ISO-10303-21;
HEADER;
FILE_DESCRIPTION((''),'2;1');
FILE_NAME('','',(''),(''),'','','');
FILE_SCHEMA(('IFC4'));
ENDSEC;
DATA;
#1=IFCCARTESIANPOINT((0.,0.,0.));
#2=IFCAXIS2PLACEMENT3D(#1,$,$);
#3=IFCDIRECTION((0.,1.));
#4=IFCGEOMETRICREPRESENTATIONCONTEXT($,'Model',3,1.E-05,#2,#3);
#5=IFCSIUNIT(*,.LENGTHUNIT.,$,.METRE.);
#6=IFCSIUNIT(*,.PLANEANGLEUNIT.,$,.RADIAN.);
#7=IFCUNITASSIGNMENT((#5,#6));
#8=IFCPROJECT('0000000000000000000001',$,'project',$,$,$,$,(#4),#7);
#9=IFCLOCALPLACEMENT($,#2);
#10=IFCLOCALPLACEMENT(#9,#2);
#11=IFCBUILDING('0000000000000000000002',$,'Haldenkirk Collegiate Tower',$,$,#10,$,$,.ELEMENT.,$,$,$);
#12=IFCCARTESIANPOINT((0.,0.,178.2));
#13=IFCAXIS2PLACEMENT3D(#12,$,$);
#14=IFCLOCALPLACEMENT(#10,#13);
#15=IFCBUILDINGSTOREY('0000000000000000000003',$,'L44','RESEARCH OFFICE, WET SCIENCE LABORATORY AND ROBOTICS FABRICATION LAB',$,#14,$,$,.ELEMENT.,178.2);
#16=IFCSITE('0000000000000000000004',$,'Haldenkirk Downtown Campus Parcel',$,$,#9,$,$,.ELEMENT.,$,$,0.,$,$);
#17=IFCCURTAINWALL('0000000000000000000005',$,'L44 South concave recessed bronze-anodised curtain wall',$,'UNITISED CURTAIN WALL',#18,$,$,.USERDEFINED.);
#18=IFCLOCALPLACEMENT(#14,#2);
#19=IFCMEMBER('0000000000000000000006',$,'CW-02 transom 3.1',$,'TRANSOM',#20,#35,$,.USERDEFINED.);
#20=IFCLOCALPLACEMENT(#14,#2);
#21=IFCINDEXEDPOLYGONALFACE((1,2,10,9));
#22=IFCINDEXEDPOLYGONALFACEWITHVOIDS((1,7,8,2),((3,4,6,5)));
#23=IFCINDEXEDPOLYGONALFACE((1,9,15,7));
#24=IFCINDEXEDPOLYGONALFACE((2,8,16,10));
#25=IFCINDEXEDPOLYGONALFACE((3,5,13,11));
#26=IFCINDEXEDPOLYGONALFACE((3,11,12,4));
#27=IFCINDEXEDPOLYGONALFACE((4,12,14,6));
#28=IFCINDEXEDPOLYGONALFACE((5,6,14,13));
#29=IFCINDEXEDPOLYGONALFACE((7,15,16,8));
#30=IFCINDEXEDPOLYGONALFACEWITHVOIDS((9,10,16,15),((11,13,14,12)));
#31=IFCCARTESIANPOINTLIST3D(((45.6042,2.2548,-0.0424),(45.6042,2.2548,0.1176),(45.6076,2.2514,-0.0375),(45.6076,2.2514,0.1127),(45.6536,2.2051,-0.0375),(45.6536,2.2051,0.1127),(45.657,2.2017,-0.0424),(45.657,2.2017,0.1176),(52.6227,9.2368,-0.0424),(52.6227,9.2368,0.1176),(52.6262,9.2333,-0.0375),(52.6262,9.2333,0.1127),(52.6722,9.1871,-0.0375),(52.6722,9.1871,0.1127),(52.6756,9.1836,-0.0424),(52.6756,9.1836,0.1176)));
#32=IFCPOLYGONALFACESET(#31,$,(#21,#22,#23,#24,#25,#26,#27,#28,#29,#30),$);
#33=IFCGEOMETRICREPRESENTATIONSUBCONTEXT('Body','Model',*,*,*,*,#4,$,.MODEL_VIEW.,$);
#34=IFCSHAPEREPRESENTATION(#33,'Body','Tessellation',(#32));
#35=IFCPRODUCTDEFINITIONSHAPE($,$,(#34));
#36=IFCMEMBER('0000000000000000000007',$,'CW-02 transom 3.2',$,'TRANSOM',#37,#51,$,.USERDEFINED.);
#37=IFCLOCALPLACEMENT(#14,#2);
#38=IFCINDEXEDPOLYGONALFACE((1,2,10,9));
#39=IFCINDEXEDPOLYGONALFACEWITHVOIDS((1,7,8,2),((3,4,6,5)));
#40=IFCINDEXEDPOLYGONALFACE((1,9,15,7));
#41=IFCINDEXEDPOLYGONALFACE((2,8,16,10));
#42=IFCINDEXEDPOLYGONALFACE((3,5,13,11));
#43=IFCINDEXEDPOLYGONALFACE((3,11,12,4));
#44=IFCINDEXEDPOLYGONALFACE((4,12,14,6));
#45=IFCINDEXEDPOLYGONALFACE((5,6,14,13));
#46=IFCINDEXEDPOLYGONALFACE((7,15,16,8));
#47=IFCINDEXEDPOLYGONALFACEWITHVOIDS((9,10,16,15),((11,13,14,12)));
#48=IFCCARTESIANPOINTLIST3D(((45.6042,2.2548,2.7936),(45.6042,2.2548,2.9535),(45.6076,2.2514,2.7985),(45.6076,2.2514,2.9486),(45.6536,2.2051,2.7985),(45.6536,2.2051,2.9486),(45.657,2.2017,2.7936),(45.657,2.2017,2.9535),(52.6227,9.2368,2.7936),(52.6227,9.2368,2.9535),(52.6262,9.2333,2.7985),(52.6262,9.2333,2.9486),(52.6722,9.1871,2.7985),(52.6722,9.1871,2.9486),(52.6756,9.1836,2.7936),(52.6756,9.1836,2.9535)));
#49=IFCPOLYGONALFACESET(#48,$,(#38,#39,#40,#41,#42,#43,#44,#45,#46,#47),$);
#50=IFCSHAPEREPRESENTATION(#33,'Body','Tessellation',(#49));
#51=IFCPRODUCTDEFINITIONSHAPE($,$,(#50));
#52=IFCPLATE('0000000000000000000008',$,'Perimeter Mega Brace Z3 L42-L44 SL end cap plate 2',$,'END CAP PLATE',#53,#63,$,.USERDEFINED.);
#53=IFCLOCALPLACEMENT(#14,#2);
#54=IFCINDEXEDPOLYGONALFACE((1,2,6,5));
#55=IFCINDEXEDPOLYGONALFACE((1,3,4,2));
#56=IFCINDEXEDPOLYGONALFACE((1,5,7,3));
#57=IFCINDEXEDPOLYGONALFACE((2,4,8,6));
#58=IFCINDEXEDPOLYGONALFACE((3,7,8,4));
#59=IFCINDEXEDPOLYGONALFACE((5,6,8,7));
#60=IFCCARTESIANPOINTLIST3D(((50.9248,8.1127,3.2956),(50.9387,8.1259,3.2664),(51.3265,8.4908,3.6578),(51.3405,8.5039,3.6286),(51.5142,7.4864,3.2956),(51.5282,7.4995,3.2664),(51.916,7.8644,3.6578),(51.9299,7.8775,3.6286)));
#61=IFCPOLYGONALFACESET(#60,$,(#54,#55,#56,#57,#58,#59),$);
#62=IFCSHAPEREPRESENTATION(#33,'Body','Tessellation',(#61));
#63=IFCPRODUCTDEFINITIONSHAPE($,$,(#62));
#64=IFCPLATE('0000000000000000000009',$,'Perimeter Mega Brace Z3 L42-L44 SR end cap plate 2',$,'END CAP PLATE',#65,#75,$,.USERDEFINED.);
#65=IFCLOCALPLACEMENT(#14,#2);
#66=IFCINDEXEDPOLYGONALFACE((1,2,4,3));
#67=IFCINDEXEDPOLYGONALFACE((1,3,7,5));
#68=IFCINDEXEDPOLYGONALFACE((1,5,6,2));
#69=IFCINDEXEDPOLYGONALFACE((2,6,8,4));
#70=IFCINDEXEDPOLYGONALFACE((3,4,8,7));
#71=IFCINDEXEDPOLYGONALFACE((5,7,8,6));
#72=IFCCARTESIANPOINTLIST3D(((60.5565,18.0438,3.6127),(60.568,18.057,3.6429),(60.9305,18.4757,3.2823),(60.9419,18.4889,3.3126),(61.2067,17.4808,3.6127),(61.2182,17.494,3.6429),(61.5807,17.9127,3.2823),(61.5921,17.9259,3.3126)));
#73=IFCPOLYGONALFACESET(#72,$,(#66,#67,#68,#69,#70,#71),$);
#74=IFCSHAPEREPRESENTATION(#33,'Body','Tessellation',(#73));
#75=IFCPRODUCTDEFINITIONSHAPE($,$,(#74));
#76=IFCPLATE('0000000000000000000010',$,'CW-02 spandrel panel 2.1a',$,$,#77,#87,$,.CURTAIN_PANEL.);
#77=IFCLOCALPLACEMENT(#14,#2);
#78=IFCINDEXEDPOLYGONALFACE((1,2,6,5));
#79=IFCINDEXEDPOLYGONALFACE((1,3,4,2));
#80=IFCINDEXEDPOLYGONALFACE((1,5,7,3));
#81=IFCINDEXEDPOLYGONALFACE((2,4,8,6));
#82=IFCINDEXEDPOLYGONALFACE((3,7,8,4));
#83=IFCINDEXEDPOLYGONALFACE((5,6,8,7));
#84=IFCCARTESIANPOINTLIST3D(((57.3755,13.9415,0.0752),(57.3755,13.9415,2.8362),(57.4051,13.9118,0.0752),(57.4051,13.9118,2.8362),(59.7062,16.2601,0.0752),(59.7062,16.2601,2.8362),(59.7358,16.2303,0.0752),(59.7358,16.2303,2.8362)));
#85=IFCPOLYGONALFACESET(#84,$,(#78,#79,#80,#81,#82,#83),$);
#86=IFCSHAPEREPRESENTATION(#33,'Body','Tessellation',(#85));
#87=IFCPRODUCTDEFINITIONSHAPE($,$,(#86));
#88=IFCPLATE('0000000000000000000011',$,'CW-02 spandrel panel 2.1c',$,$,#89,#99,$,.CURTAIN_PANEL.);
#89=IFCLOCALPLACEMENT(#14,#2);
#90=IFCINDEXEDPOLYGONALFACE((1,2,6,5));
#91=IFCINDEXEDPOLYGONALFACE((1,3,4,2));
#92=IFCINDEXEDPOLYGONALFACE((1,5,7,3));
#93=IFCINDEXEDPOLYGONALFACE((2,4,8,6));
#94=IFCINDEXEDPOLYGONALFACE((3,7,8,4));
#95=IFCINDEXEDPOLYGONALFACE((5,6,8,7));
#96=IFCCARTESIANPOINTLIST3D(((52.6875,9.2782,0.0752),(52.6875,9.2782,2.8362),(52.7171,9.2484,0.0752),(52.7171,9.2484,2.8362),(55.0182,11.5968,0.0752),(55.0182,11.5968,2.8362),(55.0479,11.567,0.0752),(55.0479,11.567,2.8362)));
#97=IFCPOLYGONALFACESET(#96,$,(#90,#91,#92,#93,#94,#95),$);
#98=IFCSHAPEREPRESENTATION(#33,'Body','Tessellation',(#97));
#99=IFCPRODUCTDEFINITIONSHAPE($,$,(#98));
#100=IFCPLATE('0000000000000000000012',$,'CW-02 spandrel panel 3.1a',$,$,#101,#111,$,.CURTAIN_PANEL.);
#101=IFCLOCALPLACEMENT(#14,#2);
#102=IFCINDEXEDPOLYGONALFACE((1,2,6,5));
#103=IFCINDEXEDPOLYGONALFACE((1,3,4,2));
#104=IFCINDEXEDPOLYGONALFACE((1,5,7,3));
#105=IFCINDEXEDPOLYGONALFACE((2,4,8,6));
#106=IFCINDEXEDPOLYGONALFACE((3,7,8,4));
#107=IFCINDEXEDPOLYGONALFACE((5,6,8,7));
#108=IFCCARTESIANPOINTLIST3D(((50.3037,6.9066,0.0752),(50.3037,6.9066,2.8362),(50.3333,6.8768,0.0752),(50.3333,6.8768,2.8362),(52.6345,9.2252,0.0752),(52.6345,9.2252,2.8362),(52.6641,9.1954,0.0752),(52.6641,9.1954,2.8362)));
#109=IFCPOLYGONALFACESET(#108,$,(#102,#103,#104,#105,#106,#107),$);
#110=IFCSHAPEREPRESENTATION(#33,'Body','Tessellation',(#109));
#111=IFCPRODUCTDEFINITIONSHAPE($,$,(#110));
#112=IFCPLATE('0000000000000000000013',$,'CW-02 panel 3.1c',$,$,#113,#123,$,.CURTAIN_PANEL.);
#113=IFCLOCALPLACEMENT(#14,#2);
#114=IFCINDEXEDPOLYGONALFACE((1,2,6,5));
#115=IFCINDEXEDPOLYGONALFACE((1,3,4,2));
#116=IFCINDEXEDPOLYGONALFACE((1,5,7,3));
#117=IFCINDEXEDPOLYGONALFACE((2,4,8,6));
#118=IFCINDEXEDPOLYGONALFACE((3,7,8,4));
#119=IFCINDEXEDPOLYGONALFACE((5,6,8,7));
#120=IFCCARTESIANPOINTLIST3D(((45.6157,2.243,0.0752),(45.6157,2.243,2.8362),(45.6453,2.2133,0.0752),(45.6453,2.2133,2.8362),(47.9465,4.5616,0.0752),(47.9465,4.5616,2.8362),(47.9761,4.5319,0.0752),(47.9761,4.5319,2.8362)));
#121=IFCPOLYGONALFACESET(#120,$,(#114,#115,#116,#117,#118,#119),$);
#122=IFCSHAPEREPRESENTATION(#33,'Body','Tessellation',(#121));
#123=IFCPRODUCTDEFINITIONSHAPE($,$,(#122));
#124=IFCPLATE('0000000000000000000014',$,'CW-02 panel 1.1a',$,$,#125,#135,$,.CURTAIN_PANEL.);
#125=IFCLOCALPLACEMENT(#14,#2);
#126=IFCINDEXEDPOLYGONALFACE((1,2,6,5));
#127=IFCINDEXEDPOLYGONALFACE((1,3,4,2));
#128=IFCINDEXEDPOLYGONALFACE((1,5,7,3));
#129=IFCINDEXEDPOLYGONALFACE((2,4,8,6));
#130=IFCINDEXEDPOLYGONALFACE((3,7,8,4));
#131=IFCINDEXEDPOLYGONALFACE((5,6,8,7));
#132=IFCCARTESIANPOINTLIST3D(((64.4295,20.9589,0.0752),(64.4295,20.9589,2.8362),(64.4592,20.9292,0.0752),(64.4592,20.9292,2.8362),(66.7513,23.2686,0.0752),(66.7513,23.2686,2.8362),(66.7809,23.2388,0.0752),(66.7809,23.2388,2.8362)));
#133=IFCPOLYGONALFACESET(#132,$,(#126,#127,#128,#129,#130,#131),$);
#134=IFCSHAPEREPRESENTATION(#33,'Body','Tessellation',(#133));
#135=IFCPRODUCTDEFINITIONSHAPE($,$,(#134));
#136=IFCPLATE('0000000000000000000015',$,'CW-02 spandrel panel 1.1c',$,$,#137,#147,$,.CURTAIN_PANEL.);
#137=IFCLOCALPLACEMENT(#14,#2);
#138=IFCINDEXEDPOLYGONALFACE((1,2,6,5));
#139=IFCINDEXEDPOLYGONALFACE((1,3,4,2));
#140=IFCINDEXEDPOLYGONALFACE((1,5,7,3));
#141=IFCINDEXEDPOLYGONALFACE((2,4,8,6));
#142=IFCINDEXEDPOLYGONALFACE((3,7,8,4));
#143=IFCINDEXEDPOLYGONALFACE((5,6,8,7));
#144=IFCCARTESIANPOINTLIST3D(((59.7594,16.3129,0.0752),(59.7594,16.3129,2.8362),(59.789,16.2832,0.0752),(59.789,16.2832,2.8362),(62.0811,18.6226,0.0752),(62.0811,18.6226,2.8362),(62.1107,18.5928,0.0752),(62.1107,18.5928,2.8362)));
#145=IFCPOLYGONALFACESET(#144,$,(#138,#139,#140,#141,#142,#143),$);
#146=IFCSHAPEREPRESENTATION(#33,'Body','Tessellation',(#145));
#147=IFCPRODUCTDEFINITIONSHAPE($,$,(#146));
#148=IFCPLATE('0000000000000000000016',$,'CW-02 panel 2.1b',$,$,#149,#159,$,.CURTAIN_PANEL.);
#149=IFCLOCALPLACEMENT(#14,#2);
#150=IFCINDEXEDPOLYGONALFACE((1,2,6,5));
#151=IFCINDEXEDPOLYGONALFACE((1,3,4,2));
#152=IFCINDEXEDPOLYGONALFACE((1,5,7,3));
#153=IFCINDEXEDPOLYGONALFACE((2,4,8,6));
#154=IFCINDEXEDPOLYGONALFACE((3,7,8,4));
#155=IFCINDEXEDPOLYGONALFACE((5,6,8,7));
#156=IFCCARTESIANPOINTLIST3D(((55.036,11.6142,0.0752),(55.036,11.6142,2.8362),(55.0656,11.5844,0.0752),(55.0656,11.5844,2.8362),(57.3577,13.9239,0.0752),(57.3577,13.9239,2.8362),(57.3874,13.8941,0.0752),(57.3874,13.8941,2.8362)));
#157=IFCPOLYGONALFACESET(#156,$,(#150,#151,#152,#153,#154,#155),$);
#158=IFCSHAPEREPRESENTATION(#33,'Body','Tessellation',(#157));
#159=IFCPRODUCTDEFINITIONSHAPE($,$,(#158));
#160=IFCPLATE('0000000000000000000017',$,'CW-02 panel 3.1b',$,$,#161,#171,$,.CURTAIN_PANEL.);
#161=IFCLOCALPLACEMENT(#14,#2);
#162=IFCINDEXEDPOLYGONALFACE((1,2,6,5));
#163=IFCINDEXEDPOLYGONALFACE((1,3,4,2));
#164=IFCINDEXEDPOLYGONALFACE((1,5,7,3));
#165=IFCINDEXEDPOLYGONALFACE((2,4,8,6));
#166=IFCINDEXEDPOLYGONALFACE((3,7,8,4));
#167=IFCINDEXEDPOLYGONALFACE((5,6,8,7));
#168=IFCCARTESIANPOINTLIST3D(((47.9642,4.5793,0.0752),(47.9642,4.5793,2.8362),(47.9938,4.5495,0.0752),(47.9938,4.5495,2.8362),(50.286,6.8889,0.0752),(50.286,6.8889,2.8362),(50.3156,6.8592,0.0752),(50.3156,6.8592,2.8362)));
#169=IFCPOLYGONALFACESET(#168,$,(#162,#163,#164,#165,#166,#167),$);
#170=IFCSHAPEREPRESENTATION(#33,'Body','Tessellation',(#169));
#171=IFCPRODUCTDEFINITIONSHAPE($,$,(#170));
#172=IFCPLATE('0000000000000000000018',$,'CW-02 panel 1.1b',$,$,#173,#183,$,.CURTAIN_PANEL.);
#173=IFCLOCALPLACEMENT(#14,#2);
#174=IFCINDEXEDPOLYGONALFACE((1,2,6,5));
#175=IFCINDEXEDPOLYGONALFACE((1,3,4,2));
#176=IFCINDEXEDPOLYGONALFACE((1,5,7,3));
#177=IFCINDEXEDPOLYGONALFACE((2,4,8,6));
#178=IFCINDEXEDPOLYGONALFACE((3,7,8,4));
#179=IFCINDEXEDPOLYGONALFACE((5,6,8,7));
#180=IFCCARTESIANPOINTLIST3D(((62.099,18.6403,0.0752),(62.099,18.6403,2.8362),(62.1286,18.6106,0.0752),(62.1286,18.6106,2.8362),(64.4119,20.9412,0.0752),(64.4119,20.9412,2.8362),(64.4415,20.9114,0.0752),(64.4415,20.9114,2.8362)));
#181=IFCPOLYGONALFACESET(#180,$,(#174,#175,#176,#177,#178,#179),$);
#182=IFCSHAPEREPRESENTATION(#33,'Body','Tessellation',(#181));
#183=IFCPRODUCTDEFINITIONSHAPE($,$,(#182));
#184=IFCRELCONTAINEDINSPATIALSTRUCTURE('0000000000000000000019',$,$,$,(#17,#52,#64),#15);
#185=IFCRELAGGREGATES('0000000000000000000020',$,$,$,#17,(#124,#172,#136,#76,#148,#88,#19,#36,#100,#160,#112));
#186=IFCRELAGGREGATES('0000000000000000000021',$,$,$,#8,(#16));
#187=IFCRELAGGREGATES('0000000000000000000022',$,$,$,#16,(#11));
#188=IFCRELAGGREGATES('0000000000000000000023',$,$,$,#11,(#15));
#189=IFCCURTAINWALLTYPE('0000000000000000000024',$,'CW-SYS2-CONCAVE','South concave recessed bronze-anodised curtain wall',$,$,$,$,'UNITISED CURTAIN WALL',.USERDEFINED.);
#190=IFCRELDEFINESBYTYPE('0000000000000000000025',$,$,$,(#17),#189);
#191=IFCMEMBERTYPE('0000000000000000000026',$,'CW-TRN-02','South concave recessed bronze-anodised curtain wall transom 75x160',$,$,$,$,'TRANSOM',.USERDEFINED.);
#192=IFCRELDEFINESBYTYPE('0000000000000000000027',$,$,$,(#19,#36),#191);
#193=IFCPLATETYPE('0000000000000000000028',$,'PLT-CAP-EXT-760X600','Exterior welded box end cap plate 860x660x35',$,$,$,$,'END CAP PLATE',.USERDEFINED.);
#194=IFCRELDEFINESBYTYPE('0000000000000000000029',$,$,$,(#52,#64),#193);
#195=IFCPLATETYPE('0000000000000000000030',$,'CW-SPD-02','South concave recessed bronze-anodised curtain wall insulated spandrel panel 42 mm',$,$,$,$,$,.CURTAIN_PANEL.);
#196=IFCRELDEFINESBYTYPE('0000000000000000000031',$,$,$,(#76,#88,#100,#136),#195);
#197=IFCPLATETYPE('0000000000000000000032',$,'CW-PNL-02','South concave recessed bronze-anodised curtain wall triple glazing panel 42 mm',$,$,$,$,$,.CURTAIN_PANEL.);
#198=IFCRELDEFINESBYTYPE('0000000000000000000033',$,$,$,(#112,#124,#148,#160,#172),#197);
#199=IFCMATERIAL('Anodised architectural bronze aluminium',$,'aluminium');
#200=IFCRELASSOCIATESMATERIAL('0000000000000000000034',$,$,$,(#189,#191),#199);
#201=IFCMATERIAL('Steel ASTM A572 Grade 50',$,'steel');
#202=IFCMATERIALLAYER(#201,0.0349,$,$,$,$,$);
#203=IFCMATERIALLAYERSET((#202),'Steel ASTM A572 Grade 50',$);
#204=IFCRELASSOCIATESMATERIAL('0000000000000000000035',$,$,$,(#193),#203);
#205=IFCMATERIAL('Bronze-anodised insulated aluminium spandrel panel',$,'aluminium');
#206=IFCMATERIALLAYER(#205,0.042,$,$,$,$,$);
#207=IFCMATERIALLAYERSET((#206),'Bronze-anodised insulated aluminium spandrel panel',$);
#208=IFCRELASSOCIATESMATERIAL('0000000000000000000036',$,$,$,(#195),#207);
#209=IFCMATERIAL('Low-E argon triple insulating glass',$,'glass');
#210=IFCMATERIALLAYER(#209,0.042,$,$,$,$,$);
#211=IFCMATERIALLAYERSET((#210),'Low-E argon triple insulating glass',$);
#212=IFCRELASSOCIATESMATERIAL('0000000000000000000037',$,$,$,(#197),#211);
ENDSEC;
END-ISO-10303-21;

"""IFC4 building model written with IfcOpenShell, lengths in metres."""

from ifc_helpers import new_model, si_unit, direction, frame, origin, origin_2d, place, context, subcontext, project, spatial, rectangle, hollow_rectangle, extrude, source, transform, mapped, material, layer, layer_set, material_profile, profile_set, type_object, element, aggregate, save


model = new_model("IFC4")

# Units and contexts
model_context = context("Model", 3, precision=1e-05, world=origin(), true_north=direction((0.0, 1.0)))
body_context = subcontext(model_context, "Body", "Model", "MODEL_VIEW")
ifc_project = project(units=[si_unit("LENGTHUNIT", "METRE"), si_unit("PLANEANGLEUNIT", "RADIAN")], contexts=[model_context])

# Site, building, storey
site_placement = place(None, origin())
site = spatial("IfcSite", under=ifc_project, at=site_placement, Name="Haldenkirk Downtown Campus Parcel", CompositionType="ELEMENT", RefElevation=0.0)
building_placement = place(site_placement, origin())
building = spatial("IfcBuilding", under=site, at=building_placement, Name="Haldenkirk Collegiate Tower", CompositionType="ELEMENT")
storey_placement = place(building_placement, frame((0.0, 0.0, 178.2)))
storey = spatial("IfcBuildingStorey", under=building, at=storey_placement, Name="L44", Description="RESEARCH OFFICE, WET SCIENCE LABORATORY AND ROBOTICS FABRICATION LAB", CompositionType="ELEMENT", Elevation=178.2)

# Shared definitions
ifc_material_1 = material(Name="Steel ASTM A572 Grade 50", Category="steel")

# Curtain wall, members
ifc_material_2 = material(Name="Anodised architectural bronze aluminium", Category="aluminium")
curtain_wall_type = type_object("IfcCurtainWallType", Name="CW-SYS2-CONCAVE", Description="South concave recessed bronze-anodised curtain wall", ElementType="UNITISED CURTAIN WALL", PredefinedType="USERDEFINED", material=ifc_material_2)
curtain_wall_placement = place(storey_placement, origin())
curtain_wall = element("IfcCurtainWall", 1, at=curtain_wall_placement, inside=storey, type_object=curtain_wall_type, Name="L44 South concave recessed bronze-anodised curtain wall", ObjectType="UNITISED CURTAIN WALL", PredefinedType="USERDEFINED")
ifc_material_profile_1 = material_profile(ifc_material_2, hollow_rectangle(XDim=0.075, YDim=0.1599, WallThickness=0.0049, at=origin_2d()), Name="CW-TRN-02")
ifc_profile_set_1 = profile_set([ifc_material_profile_1], Name="Anodised architectural bronze aluminium")
member_type_1 = type_object("IfcMemberType", Name="CW-TRN-02", Description="South concave recessed bronze-anodised curtain wall transom 75x160", ElementType="TRANSOM", PredefinedType="USERDEFINED", material=ifc_profile_set_1)
member_1_placement = place(storey_placement, frame((52.6492, 9.2102, 0.0376), z_axis=(-0.708954, -0.705255, 0.0), x_axis=(0.705255, -0.708954, 0.0)))
member_1 = element("IfcMember", 2, at=member_1_placement, type_object=member_type_1, Name="CW-02 transom 3.1", ObjectType="TRANSOM", PredefinedType="USERDEFINED", context=body_context, shape_type="SweptSolid", body=[
    extrude(hollow_rectangle(XDim=0.075, YDim=0.1599, WallThickness=0.0049, at=origin_2d()), origin(), (0.0, 0.0, 1.0), 9.8999),
])
member_2_placement = place(storey_placement, frame((52.6492, 9.2102, 2.8735), z_axis=(-0.708954, -0.705255, 0.0), x_axis=(0.705255, -0.708954, 0.0)))
member_2 = element("IfcMember", 3, at=member_2_placement, type_object=member_type_1, Name="CW-02 transom 3.2", ObjectType="TRANSOM", PredefinedType="USERDEFINED", context=body_context, shape_type="SweptSolid", body=[
    extrude(hollow_rectangle(XDim=0.075, YDim=0.1599, WallThickness=0.0049, at=origin_2d()), origin(), (0.0, 0.0, 1.0), 9.8999),
])

# Plates
ifc_layer_1 = layer(ifc_material_1, 0.0349)
ifc_layer_set_1 = layer_set([ifc_layer_1], Name="Steel ASTM A572 Grade 50")
plate_type_1 = type_object("IfcPlateType", Name="PLT-CAP-EXT-760X600", Description="Exterior welded box end cap plate 860x660x35", ElementType="END CAP PLATE", PredefinedType="USERDEFINED", material=ifc_layer_set_1)
shared_shape_1 = source(origin(), body_context, "Body", "SweptSolid", [
    extrude(rectangle(XDim=0.8601, YDim=0.6599, at=origin_2d()), origin(), (0.0, 0.0, 1.0), 0.0349),
])
for number, where, z_axis, x_axis, name in (
    (4, (51.4343, 8.0017, 3.4475), (-0.399638, -0.376059, 0.835984), (0.685297, -0.728264, 0.0), "Perimeter Mega Brace Z3 L42-L44 SL end cap plate 2"),
    (5, (61.0686, 17.9783, 3.4475), (0.32767, 0.378434, 0.865691), (-0.755992, 0.654581, 0.0), "Perimeter Mega Brace Z3 L42-L44 SR end cap plate 2"),
):
    element("IfcPlate", number, at=place(storey_placement, frame(where, z_axis=z_axis, x_axis=x_axis)), inside=storey, type_object=plate_type_1, Name=name, ObjectType="END CAP PLATE", PredefinedType="USERDEFINED", context=body_context, shape_type="MappedRepresentation", body=[
        mapped(shared_shape_1, transform((0.0, 0.0, 0.0), x_axis=(1.0, 0.0, 0.0), y_axis=(0.0, 1.0, 0.0), z_axis=(0.0, 0.0, 1.0), scale=1.0)),
    ])

# Plates
ifc_material_3 = material(Name="Bronze-anodised insulated aluminium spandrel panel", Category="aluminium")
ifc_layer_2 = layer(ifc_material_3, 0.042)
ifc_layer_set_2 = layer_set([ifc_layer_2], Name="Bronze-anodised insulated aluminium spandrel panel")
plate_type_2 = type_object("IfcPlateType", Name="CW-SPD-02", Description="South concave recessed bronze-anodised curtain wall insulated spandrel panel 42 mm", PredefinedType="CURTAIN_PANEL", material=ifc_layer_set_2)
shared_shape_2 = source(origin(), body_context, "Body", "SweptSolid", [
    extrude(rectangle(XDim=3.2876, YDim=0.042, at=origin_2d()), origin(), (0.0, 0.0, 1.0), 2.761),
])
plate_1_placement = place(storey_placement, frame((58.5557, 15.0859, 0.0752), z_axis=(0.0, 0.0, 1.0), x_axis=(-0.708954, -0.705255, 0.0)))
plate_1 = element("IfcPlate", 6, at=plate_1_placement, type_object=plate_type_2, Name="CW-02 spandrel panel 2.1a", PredefinedType="CURTAIN_PANEL", context=body_context, shape_type="MappedRepresentation", body=[
    mapped(shared_shape_2, transform((0.0, 0.0, 0.0), x_axis=(1.0, 0.0, 0.0), y_axis=(0.0, 1.0, 0.0), z_axis=(0.0, 0.0, 1.0), scale=1.0)),
])
plate_2_placement = place(storey_placement, frame((53.8677, 10.4226, 0.0752), z_axis=(0.0, 0.0, 1.0), x_axis=(-0.708954, -0.705255, 0.0)))
plate_2 = element("IfcPlate", 7, at=plate_2_placement, type_object=plate_type_2, Name="CW-02 spandrel panel 2.1c", PredefinedType="CURTAIN_PANEL", context=body_context, shape_type="MappedRepresentation", body=[
    mapped(shared_shape_2, transform((0.0, 0.0, 0.0), x_axis=(1.0, 0.0, 0.0), y_axis=(0.0, 1.0, 0.0), z_axis=(0.0, 0.0, 1.0), scale=1.0)),
])
plate_3_placement = place(storey_placement, frame((51.4839, 8.051, 0.0752), z_axis=(0.0, 0.0, 1.0), x_axis=(-0.708954, -0.705255, 0.0)))
plate_3 = element("IfcPlate", 8, at=plate_3_placement, type_object=plate_type_2, Name="CW-02 spandrel panel 3.1a", PredefinedType="CURTAIN_PANEL", context=body_context, shape_type="MappedRepresentation", body=[
    mapped(shared_shape_2, transform((0.0, 0.0, 0.0), x_axis=(1.0, 0.0, 0.0), y_axis=(0.0, 1.0, 0.0), z_axis=(0.0, 0.0, 1.0), scale=1.0)),
])
ifc_material_4 = material(Name="Low-E argon triple insulating glass", Category="glass")
ifc_layer_3 = layer(ifc_material_4, 0.042)
ifc_layer_set_3 = layer_set([ifc_layer_3], Name="Low-E argon triple insulating glass")
plate_type_3 = type_object("IfcPlateType", Name="CW-PNL-02", Description="South concave recessed bronze-anodised curtain wall triple glazing panel 42 mm", PredefinedType="CURTAIN_PANEL", material=ifc_layer_set_3)
plate_4_placement = place(storey_placement, frame((46.7959, 3.3875, 0.0752), z_axis=(0.0, 0.0, 1.0), x_axis=(-0.708954, -0.705255, 0.0)))
plate_4 = element("IfcPlate", 9, at=plate_4_placement, type_object=plate_type_3, Name="CW-02 panel 3.1c", PredefinedType="CURTAIN_PANEL", context=body_context, shape_type="MappedRepresentation", body=[
    mapped(shared_shape_2, transform((0.0, 0.0, 0.0), x_axis=(1.0, 0.0, 0.0), y_axis=(0.0, 1.0, 0.0), z_axis=(0.0, 0.0, 1.0), scale=1.0)),
])
shared_shape_3 = source(origin(), body_context, "Body", "SweptSolid", [
    extrude(rectangle(XDim=3.2749, YDim=0.042, at=origin_2d()), origin(), (0.0, 0.0, 1.0), 2.761),
])
plate_5_placement = place(storey_placement, frame((65.6052, 22.0989, 0.0752), z_axis=(0.0, 0.0, 1.0), x_axis=(-0.708954, -0.705255, 0.0)))
plate_5 = element("IfcPlate", 10, at=plate_5_placement, type_object=plate_type_3, Name="CW-02 panel 1.1a", PredefinedType="CURTAIN_PANEL", context=body_context, shape_type="MappedRepresentation", body=[
    mapped(shared_shape_3, transform((0.0, 0.0, 0.0), x_axis=(1.0, 0.0, 0.0), y_axis=(0.0, 1.0, 0.0), z_axis=(0.0, 0.0, 1.0), scale=1.0)),
])
plate_6_placement = place(storey_placement, frame((60.9351, 17.4529, 0.0752), z_axis=(0.0, 0.0, 1.0), x_axis=(-0.708954, -0.705255, 0.0)))
plate_6 = element("IfcPlate", 11, at=plate_6_placement, type_object=plate_type_2, Name="CW-02 spandrel panel 1.1c", PredefinedType="CURTAIN_PANEL", context=body_context, shape_type="MappedRepresentation", body=[
    mapped(shared_shape_3, transform((0.0, 0.0, 0.0), x_axis=(1.0, 0.0, 0.0), y_axis=(0.0, 1.0, 0.0), z_axis=(0.0, 0.0, 1.0), scale=1.0)),
])
plate_7_placement = place(storey_placement, frame((56.2117, 12.7542, 0.0752), z_axis=(0.0, 0.0, 1.0), x_axis=(-0.708954, -0.705255, 0.0)))
plate_7 = element("IfcPlate", 12, at=plate_7_placement, type_object=plate_type_3, Name="CW-02 panel 2.1b", PredefinedType="CURTAIN_PANEL", context=body_context, shape_type="MappedRepresentation", body=[
    mapped(shared_shape_3, transform((0.0, 0.0, 0.0), x_axis=(1.0, 0.0, 0.0), y_axis=(0.0, 1.0, 0.0), z_axis=(0.0, 0.0, 1.0), scale=1.0)),
])
plate_8_placement = place(storey_placement, frame((49.1399, 5.7192, 0.0752), z_axis=(0.0, 0.0, 1.0), x_axis=(-0.708954, -0.705255, 0.0)))
plate_8 = element("IfcPlate", 13, at=plate_8_placement, type_object=plate_type_3, Name="CW-02 panel 3.1b", PredefinedType="CURTAIN_PANEL", context=body_context, shape_type="MappedRepresentation", body=[
    mapped(shared_shape_3, transform((0.0, 0.0, 0.0), x_axis=(1.0, 0.0, 0.0), y_axis=(0.0, 1.0, 0.0), z_axis=(0.0, 0.0, 1.0), scale=1.0)),
])
shared_shape_4 = source(origin(), body_context, "Body", "SweptSolid", [
    extrude(rectangle(XDim=3.2625, YDim=0.042, at=origin_2d()), origin(), (0.0, 0.0, 1.0), 2.761),
])
plate_9_placement = place(storey_placement, frame((63.2703, 19.7759, 0.0752), z_axis=(0.0, 0.0, 1.0), x_axis=(-0.708954, -0.705255, 0.0)))
plate_9 = element("IfcPlate", 14, at=plate_9_placement, type_object=plate_type_3, Name="CW-02 panel 1.1b", PredefinedType="CURTAIN_PANEL", context=body_context, shape_type="MappedRepresentation", body=[
    mapped(shared_shape_4, transform((0.0, 0.0, 0.0), x_axis=(1.0, 0.0, 0.0), y_axis=(0.0, 1.0, 0.0), z_axis=(0.0, 0.0, 1.0), scale=1.0)),
])
aggregate(curtain_wall, [plate_5, plate_9, plate_6, plate_1, plate_7, plate_2, member_1, member_2, plate_3, plate_8, plate_4])

save(model, "model.ifc")
